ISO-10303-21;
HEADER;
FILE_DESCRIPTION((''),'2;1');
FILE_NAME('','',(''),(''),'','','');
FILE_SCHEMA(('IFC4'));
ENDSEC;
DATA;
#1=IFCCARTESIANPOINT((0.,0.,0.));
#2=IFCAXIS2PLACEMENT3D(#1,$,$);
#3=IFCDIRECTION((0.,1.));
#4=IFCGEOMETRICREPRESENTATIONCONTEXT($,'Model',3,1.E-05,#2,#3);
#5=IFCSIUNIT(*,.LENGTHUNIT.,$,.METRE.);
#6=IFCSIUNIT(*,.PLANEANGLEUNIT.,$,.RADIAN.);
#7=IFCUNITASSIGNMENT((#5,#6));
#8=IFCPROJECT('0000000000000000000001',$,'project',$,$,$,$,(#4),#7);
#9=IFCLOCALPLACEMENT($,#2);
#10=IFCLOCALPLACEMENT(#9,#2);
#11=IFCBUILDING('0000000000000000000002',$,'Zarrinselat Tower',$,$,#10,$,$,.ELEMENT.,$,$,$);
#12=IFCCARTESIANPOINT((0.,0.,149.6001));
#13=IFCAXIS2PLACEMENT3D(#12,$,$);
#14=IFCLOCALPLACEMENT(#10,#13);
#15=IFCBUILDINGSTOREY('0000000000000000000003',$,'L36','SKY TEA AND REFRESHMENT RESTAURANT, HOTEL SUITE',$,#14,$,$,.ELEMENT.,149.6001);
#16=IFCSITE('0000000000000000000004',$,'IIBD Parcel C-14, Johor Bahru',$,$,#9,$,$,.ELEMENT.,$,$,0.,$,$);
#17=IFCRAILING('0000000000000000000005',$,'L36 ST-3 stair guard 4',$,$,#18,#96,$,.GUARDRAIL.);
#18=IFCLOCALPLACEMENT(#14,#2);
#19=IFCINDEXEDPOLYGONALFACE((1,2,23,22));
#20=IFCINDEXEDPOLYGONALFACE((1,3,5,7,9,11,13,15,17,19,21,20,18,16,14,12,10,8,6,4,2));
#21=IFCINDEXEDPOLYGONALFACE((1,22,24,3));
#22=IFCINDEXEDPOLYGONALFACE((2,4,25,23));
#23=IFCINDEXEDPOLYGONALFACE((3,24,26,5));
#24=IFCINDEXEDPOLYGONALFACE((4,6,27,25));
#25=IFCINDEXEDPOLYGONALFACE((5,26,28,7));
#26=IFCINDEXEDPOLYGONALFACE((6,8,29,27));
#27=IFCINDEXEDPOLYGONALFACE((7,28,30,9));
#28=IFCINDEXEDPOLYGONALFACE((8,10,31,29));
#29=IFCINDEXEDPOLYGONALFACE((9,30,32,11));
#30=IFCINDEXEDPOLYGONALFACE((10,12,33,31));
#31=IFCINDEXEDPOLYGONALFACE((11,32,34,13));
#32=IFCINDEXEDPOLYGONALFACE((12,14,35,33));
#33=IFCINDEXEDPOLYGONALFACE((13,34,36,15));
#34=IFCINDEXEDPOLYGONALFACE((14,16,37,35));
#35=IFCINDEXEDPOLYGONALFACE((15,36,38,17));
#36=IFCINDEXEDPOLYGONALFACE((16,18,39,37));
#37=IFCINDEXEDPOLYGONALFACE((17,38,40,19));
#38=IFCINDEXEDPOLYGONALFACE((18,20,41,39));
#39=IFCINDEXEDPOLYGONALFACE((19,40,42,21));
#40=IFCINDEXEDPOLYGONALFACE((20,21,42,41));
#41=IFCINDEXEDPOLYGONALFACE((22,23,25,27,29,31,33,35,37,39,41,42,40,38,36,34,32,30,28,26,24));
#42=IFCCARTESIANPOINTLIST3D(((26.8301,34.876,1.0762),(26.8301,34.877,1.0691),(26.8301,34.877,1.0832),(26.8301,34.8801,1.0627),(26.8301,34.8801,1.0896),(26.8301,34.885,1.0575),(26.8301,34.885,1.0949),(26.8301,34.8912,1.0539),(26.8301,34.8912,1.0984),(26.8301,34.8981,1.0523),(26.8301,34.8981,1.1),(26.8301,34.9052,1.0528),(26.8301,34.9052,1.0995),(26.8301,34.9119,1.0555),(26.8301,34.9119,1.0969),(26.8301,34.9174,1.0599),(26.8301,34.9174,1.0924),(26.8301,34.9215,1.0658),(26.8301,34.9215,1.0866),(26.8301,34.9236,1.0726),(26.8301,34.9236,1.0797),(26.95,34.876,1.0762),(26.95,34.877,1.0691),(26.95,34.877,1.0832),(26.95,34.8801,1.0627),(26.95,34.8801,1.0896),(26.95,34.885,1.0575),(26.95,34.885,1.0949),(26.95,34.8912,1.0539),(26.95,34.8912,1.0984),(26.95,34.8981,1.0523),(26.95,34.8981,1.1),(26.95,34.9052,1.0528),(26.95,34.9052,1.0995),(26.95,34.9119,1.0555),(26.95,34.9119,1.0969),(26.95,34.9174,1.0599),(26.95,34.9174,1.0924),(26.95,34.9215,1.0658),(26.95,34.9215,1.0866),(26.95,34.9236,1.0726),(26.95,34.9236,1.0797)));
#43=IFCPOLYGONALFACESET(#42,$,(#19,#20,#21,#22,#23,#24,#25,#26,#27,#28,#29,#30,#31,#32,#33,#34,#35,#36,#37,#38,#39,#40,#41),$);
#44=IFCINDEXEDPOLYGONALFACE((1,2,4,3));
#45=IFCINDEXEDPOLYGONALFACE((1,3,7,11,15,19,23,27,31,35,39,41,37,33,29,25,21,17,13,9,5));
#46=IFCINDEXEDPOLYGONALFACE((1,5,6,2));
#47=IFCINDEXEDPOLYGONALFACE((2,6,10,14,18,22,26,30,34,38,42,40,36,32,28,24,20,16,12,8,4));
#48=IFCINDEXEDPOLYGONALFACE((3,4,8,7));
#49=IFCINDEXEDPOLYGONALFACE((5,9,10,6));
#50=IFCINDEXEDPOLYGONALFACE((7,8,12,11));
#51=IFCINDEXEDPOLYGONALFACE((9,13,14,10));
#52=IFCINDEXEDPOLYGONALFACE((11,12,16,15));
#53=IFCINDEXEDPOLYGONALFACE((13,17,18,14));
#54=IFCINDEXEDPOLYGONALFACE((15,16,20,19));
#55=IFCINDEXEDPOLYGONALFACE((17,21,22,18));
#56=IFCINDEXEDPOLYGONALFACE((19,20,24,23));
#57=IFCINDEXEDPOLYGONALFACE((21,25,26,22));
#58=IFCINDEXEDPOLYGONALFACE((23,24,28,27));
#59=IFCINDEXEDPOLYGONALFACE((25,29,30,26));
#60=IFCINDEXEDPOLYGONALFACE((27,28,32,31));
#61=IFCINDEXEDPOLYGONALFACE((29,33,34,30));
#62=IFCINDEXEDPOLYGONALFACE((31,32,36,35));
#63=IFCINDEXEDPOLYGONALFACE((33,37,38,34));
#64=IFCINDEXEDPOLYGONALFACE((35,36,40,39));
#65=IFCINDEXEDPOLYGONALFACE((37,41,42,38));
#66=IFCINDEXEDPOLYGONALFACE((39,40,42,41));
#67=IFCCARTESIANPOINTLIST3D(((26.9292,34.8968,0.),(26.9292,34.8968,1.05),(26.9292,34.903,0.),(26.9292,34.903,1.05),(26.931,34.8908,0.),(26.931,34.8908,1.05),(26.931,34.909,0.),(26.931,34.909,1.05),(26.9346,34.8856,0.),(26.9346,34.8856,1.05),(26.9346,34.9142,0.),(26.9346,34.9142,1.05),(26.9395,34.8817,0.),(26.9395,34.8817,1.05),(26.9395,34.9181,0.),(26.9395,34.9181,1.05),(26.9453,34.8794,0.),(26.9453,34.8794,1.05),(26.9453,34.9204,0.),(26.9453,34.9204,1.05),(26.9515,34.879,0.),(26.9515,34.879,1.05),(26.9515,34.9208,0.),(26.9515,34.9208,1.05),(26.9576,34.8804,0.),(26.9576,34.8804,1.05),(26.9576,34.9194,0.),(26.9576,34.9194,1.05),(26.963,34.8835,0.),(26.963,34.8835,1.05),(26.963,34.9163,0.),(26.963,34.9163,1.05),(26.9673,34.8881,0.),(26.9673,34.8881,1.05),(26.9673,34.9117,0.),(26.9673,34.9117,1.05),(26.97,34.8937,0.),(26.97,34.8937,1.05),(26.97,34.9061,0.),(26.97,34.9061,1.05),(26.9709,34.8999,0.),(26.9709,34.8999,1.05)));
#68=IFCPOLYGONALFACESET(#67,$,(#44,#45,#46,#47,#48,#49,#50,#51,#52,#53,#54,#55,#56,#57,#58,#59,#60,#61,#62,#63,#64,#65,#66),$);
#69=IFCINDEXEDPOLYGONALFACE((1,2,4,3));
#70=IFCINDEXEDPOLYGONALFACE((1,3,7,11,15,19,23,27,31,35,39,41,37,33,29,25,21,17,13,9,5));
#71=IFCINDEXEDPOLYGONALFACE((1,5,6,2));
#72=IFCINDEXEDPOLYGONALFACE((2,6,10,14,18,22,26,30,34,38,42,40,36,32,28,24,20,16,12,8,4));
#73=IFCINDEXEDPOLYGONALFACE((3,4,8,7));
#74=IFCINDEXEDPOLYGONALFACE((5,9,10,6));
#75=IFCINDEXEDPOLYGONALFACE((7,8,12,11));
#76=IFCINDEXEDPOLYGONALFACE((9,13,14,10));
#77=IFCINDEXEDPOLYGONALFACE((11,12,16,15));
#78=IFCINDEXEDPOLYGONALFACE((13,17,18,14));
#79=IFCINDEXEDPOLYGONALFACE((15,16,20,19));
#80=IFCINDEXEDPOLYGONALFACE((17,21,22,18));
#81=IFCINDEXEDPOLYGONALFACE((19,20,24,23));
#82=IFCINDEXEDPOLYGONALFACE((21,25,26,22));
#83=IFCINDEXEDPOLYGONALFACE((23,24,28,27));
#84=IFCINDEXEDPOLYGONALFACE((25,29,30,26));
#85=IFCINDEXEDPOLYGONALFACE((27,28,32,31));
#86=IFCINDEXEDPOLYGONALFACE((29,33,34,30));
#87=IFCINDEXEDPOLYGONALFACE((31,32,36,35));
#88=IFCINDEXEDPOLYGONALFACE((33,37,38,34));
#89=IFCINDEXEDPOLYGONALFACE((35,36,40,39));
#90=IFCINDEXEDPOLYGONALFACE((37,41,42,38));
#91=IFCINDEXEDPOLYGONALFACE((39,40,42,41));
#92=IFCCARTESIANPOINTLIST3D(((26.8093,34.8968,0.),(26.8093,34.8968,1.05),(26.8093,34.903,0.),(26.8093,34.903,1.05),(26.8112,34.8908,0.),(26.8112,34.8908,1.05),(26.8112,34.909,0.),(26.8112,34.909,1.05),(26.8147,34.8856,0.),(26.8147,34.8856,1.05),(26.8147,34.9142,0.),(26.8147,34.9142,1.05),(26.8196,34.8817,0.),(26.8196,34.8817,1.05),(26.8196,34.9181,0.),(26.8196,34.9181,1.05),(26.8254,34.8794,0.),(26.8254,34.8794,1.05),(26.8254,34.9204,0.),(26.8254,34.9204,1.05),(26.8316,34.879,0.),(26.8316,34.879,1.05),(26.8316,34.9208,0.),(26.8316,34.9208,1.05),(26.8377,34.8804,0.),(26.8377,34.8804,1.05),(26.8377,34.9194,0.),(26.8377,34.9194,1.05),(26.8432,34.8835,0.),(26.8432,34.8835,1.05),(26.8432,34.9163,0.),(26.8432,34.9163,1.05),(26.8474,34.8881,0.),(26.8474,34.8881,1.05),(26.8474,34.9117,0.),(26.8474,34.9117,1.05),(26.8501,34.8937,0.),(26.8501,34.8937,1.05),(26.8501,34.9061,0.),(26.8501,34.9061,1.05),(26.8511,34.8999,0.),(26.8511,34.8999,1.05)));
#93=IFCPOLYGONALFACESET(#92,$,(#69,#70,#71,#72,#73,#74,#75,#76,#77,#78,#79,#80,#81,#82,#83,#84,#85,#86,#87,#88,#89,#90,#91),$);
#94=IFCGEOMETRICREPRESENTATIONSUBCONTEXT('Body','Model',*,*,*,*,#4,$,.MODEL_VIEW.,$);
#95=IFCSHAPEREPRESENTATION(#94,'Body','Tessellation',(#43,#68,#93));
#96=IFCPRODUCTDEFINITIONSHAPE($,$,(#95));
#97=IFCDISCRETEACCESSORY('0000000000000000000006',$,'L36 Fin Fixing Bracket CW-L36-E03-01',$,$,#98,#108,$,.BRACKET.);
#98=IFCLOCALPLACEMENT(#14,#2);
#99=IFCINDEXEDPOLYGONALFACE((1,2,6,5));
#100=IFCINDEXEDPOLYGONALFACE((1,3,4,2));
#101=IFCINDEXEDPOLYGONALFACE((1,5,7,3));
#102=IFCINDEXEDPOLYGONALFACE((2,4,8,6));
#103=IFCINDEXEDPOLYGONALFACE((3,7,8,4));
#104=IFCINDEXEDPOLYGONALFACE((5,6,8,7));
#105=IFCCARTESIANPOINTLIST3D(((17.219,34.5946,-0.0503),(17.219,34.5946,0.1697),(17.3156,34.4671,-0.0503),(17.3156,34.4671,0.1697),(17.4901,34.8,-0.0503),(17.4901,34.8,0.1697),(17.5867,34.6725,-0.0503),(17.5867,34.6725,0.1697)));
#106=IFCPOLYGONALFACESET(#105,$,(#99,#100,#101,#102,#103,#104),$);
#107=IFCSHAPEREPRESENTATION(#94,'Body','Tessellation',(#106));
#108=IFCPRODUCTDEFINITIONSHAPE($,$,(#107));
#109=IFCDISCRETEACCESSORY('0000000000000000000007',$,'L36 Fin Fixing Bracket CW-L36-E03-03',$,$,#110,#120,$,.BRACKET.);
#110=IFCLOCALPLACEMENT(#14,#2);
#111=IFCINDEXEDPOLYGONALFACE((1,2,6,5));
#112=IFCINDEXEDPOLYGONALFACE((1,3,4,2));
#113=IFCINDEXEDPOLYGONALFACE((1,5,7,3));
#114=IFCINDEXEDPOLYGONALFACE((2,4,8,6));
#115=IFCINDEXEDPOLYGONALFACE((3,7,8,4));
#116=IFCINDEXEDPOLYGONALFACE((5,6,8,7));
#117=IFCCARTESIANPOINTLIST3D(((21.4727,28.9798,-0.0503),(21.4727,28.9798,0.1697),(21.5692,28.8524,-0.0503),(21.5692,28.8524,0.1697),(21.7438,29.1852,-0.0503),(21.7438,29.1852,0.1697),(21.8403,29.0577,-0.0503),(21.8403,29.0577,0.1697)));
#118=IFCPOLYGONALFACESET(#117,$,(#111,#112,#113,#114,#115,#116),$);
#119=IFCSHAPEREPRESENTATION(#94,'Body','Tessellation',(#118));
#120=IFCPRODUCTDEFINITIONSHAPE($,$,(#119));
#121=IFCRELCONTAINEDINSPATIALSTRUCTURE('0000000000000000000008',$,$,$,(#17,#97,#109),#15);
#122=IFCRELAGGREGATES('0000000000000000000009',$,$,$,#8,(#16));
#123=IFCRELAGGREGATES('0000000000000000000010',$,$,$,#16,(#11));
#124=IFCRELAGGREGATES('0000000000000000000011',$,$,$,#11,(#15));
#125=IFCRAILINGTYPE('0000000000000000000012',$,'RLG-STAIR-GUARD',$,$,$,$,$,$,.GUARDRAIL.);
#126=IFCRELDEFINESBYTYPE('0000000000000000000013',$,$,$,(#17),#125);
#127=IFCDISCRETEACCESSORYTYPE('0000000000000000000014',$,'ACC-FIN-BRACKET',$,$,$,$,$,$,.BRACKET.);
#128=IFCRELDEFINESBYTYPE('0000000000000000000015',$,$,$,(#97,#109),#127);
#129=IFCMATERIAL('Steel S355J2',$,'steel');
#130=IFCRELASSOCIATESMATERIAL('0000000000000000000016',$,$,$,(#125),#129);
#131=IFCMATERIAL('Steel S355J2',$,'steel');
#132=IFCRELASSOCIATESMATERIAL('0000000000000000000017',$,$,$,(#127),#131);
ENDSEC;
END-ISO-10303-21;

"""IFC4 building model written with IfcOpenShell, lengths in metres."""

from ifc_helpers import new_model, si_unit, direction, frame, origin, origin_2d, place, context, subcontext, project, spatial, rectangle, circle, extrude, material, type_object, element, save


model = new_model("IFC4")

# Units and contexts
model_context = context("Model", 3, precision=1e-05, world=origin(), true_north=direction((0.0, 1.0)))
body_context = subcontext(model_context, "Body", "Model", "MODEL_VIEW")
ifc_project = project(units=[si_unit("LENGTHUNIT", "METRE"), si_unit("PLANEANGLEUNIT", "RADIAN")], contexts=[model_context])

# Site, building, storey
site_placement = place(None, origin())
site = spatial("IfcSite", under=ifc_project, at=site_placement, Name="IIBD Parcel C-14, Johor Bahru", CompositionType="ELEMENT", RefElevation=0.0)
building_placement = place(site_placement, origin())
building = spatial("IfcBuilding", under=site, at=building_placement, Name="Zarrinselat Tower", CompositionType="ELEMENT")
storey_placement = place(building_placement, frame((0.0, 0.0, 149.6001)))
storey = spatial("IfcBuildingStorey", under=building, at=storey_placement, Name="L36", Description="SKY TEA AND REFRESHMENT RESTAURANT, HOTEL SUITE", CompositionType="ELEMENT", Elevation=149.6001)

# Railing
ifc_material_1 = material(Name="Steel S355J2", Category="steel")
railing_type = type_object("IfcRailingType", Name="RLG-STAIR-GUARD", PredefinedType="GUARDRAIL", material=ifc_material_1)
railing_1_placement = place(storey_placement, frame((26.95, 34.8999, 0.0)))
element("IfcRailing", 1, at=railing_1_placement, inside=storey, type_object=railing_type, Name="L36 ST-3 stair guard 4", PredefinedType="GUARDRAIL", context=body_context, shape_type="SweptSolid", body=[
    extrude(circle(Radius=0.0239, at=origin_2d()), frame((0.0, 0.0, 1.0762), z_axis=(-1.0, 0.0, 0.0), x_axis=(0.0, -1.0, 0.0)), (0.0, 0.0, 1.0), 0.1199),
    extrude(circle(Radius=0.021, at=origin_2d()), origin(), (0.0, 0.0, 1.0), 1.05),
    extrude(circle(Radius=0.021, at=origin_2d()), frame((-0.1199, 0.0, 0.0)), (0.0, 0.0, 1.0), 1.05),
])

# Discrete accessories
ifc_material_2 = material(Name="Steel S355J2", Category="steel")
discrete_accessory_type = type_object("IfcDiscreteAccessoryType", Name="ACC-FIN-BRACKET", PredefinedType="BRACKET", material=ifc_material_2)
for number, where, z_axis, x_axis, name in (
    (2, (17.4028, 34.6335, -0.0503), (0.0, 0.0, 1.0), (-0.797093, -0.603857, 0.0), "L36 Fin Fixing Bracket CW-L36-E03-01"),
    (3, (21.6565, 29.0188, -0.0503), (0.0, 0.0, 1.0), (-0.797093, -0.603857, 0.0), "L36 Fin Fixing Bracket CW-L36-E03-03"),
):
    element("IfcDiscreteAccessory", number, at=place(storey_placement, frame(where, z_axis=z_axis, x_axis=x_axis)), inside=storey, type_object=discrete_accessory_type, Name=name, PredefinedType="BRACKET", context=body_context, shape_type="SweptSolid", body=[
        extrude(rectangle(XDim=0.3401, YDim=0.1599, at=origin_2d()), origin(), (0.0, 0.0, 1.0), 0.22),
    ])

save(model, "model.ifc")
